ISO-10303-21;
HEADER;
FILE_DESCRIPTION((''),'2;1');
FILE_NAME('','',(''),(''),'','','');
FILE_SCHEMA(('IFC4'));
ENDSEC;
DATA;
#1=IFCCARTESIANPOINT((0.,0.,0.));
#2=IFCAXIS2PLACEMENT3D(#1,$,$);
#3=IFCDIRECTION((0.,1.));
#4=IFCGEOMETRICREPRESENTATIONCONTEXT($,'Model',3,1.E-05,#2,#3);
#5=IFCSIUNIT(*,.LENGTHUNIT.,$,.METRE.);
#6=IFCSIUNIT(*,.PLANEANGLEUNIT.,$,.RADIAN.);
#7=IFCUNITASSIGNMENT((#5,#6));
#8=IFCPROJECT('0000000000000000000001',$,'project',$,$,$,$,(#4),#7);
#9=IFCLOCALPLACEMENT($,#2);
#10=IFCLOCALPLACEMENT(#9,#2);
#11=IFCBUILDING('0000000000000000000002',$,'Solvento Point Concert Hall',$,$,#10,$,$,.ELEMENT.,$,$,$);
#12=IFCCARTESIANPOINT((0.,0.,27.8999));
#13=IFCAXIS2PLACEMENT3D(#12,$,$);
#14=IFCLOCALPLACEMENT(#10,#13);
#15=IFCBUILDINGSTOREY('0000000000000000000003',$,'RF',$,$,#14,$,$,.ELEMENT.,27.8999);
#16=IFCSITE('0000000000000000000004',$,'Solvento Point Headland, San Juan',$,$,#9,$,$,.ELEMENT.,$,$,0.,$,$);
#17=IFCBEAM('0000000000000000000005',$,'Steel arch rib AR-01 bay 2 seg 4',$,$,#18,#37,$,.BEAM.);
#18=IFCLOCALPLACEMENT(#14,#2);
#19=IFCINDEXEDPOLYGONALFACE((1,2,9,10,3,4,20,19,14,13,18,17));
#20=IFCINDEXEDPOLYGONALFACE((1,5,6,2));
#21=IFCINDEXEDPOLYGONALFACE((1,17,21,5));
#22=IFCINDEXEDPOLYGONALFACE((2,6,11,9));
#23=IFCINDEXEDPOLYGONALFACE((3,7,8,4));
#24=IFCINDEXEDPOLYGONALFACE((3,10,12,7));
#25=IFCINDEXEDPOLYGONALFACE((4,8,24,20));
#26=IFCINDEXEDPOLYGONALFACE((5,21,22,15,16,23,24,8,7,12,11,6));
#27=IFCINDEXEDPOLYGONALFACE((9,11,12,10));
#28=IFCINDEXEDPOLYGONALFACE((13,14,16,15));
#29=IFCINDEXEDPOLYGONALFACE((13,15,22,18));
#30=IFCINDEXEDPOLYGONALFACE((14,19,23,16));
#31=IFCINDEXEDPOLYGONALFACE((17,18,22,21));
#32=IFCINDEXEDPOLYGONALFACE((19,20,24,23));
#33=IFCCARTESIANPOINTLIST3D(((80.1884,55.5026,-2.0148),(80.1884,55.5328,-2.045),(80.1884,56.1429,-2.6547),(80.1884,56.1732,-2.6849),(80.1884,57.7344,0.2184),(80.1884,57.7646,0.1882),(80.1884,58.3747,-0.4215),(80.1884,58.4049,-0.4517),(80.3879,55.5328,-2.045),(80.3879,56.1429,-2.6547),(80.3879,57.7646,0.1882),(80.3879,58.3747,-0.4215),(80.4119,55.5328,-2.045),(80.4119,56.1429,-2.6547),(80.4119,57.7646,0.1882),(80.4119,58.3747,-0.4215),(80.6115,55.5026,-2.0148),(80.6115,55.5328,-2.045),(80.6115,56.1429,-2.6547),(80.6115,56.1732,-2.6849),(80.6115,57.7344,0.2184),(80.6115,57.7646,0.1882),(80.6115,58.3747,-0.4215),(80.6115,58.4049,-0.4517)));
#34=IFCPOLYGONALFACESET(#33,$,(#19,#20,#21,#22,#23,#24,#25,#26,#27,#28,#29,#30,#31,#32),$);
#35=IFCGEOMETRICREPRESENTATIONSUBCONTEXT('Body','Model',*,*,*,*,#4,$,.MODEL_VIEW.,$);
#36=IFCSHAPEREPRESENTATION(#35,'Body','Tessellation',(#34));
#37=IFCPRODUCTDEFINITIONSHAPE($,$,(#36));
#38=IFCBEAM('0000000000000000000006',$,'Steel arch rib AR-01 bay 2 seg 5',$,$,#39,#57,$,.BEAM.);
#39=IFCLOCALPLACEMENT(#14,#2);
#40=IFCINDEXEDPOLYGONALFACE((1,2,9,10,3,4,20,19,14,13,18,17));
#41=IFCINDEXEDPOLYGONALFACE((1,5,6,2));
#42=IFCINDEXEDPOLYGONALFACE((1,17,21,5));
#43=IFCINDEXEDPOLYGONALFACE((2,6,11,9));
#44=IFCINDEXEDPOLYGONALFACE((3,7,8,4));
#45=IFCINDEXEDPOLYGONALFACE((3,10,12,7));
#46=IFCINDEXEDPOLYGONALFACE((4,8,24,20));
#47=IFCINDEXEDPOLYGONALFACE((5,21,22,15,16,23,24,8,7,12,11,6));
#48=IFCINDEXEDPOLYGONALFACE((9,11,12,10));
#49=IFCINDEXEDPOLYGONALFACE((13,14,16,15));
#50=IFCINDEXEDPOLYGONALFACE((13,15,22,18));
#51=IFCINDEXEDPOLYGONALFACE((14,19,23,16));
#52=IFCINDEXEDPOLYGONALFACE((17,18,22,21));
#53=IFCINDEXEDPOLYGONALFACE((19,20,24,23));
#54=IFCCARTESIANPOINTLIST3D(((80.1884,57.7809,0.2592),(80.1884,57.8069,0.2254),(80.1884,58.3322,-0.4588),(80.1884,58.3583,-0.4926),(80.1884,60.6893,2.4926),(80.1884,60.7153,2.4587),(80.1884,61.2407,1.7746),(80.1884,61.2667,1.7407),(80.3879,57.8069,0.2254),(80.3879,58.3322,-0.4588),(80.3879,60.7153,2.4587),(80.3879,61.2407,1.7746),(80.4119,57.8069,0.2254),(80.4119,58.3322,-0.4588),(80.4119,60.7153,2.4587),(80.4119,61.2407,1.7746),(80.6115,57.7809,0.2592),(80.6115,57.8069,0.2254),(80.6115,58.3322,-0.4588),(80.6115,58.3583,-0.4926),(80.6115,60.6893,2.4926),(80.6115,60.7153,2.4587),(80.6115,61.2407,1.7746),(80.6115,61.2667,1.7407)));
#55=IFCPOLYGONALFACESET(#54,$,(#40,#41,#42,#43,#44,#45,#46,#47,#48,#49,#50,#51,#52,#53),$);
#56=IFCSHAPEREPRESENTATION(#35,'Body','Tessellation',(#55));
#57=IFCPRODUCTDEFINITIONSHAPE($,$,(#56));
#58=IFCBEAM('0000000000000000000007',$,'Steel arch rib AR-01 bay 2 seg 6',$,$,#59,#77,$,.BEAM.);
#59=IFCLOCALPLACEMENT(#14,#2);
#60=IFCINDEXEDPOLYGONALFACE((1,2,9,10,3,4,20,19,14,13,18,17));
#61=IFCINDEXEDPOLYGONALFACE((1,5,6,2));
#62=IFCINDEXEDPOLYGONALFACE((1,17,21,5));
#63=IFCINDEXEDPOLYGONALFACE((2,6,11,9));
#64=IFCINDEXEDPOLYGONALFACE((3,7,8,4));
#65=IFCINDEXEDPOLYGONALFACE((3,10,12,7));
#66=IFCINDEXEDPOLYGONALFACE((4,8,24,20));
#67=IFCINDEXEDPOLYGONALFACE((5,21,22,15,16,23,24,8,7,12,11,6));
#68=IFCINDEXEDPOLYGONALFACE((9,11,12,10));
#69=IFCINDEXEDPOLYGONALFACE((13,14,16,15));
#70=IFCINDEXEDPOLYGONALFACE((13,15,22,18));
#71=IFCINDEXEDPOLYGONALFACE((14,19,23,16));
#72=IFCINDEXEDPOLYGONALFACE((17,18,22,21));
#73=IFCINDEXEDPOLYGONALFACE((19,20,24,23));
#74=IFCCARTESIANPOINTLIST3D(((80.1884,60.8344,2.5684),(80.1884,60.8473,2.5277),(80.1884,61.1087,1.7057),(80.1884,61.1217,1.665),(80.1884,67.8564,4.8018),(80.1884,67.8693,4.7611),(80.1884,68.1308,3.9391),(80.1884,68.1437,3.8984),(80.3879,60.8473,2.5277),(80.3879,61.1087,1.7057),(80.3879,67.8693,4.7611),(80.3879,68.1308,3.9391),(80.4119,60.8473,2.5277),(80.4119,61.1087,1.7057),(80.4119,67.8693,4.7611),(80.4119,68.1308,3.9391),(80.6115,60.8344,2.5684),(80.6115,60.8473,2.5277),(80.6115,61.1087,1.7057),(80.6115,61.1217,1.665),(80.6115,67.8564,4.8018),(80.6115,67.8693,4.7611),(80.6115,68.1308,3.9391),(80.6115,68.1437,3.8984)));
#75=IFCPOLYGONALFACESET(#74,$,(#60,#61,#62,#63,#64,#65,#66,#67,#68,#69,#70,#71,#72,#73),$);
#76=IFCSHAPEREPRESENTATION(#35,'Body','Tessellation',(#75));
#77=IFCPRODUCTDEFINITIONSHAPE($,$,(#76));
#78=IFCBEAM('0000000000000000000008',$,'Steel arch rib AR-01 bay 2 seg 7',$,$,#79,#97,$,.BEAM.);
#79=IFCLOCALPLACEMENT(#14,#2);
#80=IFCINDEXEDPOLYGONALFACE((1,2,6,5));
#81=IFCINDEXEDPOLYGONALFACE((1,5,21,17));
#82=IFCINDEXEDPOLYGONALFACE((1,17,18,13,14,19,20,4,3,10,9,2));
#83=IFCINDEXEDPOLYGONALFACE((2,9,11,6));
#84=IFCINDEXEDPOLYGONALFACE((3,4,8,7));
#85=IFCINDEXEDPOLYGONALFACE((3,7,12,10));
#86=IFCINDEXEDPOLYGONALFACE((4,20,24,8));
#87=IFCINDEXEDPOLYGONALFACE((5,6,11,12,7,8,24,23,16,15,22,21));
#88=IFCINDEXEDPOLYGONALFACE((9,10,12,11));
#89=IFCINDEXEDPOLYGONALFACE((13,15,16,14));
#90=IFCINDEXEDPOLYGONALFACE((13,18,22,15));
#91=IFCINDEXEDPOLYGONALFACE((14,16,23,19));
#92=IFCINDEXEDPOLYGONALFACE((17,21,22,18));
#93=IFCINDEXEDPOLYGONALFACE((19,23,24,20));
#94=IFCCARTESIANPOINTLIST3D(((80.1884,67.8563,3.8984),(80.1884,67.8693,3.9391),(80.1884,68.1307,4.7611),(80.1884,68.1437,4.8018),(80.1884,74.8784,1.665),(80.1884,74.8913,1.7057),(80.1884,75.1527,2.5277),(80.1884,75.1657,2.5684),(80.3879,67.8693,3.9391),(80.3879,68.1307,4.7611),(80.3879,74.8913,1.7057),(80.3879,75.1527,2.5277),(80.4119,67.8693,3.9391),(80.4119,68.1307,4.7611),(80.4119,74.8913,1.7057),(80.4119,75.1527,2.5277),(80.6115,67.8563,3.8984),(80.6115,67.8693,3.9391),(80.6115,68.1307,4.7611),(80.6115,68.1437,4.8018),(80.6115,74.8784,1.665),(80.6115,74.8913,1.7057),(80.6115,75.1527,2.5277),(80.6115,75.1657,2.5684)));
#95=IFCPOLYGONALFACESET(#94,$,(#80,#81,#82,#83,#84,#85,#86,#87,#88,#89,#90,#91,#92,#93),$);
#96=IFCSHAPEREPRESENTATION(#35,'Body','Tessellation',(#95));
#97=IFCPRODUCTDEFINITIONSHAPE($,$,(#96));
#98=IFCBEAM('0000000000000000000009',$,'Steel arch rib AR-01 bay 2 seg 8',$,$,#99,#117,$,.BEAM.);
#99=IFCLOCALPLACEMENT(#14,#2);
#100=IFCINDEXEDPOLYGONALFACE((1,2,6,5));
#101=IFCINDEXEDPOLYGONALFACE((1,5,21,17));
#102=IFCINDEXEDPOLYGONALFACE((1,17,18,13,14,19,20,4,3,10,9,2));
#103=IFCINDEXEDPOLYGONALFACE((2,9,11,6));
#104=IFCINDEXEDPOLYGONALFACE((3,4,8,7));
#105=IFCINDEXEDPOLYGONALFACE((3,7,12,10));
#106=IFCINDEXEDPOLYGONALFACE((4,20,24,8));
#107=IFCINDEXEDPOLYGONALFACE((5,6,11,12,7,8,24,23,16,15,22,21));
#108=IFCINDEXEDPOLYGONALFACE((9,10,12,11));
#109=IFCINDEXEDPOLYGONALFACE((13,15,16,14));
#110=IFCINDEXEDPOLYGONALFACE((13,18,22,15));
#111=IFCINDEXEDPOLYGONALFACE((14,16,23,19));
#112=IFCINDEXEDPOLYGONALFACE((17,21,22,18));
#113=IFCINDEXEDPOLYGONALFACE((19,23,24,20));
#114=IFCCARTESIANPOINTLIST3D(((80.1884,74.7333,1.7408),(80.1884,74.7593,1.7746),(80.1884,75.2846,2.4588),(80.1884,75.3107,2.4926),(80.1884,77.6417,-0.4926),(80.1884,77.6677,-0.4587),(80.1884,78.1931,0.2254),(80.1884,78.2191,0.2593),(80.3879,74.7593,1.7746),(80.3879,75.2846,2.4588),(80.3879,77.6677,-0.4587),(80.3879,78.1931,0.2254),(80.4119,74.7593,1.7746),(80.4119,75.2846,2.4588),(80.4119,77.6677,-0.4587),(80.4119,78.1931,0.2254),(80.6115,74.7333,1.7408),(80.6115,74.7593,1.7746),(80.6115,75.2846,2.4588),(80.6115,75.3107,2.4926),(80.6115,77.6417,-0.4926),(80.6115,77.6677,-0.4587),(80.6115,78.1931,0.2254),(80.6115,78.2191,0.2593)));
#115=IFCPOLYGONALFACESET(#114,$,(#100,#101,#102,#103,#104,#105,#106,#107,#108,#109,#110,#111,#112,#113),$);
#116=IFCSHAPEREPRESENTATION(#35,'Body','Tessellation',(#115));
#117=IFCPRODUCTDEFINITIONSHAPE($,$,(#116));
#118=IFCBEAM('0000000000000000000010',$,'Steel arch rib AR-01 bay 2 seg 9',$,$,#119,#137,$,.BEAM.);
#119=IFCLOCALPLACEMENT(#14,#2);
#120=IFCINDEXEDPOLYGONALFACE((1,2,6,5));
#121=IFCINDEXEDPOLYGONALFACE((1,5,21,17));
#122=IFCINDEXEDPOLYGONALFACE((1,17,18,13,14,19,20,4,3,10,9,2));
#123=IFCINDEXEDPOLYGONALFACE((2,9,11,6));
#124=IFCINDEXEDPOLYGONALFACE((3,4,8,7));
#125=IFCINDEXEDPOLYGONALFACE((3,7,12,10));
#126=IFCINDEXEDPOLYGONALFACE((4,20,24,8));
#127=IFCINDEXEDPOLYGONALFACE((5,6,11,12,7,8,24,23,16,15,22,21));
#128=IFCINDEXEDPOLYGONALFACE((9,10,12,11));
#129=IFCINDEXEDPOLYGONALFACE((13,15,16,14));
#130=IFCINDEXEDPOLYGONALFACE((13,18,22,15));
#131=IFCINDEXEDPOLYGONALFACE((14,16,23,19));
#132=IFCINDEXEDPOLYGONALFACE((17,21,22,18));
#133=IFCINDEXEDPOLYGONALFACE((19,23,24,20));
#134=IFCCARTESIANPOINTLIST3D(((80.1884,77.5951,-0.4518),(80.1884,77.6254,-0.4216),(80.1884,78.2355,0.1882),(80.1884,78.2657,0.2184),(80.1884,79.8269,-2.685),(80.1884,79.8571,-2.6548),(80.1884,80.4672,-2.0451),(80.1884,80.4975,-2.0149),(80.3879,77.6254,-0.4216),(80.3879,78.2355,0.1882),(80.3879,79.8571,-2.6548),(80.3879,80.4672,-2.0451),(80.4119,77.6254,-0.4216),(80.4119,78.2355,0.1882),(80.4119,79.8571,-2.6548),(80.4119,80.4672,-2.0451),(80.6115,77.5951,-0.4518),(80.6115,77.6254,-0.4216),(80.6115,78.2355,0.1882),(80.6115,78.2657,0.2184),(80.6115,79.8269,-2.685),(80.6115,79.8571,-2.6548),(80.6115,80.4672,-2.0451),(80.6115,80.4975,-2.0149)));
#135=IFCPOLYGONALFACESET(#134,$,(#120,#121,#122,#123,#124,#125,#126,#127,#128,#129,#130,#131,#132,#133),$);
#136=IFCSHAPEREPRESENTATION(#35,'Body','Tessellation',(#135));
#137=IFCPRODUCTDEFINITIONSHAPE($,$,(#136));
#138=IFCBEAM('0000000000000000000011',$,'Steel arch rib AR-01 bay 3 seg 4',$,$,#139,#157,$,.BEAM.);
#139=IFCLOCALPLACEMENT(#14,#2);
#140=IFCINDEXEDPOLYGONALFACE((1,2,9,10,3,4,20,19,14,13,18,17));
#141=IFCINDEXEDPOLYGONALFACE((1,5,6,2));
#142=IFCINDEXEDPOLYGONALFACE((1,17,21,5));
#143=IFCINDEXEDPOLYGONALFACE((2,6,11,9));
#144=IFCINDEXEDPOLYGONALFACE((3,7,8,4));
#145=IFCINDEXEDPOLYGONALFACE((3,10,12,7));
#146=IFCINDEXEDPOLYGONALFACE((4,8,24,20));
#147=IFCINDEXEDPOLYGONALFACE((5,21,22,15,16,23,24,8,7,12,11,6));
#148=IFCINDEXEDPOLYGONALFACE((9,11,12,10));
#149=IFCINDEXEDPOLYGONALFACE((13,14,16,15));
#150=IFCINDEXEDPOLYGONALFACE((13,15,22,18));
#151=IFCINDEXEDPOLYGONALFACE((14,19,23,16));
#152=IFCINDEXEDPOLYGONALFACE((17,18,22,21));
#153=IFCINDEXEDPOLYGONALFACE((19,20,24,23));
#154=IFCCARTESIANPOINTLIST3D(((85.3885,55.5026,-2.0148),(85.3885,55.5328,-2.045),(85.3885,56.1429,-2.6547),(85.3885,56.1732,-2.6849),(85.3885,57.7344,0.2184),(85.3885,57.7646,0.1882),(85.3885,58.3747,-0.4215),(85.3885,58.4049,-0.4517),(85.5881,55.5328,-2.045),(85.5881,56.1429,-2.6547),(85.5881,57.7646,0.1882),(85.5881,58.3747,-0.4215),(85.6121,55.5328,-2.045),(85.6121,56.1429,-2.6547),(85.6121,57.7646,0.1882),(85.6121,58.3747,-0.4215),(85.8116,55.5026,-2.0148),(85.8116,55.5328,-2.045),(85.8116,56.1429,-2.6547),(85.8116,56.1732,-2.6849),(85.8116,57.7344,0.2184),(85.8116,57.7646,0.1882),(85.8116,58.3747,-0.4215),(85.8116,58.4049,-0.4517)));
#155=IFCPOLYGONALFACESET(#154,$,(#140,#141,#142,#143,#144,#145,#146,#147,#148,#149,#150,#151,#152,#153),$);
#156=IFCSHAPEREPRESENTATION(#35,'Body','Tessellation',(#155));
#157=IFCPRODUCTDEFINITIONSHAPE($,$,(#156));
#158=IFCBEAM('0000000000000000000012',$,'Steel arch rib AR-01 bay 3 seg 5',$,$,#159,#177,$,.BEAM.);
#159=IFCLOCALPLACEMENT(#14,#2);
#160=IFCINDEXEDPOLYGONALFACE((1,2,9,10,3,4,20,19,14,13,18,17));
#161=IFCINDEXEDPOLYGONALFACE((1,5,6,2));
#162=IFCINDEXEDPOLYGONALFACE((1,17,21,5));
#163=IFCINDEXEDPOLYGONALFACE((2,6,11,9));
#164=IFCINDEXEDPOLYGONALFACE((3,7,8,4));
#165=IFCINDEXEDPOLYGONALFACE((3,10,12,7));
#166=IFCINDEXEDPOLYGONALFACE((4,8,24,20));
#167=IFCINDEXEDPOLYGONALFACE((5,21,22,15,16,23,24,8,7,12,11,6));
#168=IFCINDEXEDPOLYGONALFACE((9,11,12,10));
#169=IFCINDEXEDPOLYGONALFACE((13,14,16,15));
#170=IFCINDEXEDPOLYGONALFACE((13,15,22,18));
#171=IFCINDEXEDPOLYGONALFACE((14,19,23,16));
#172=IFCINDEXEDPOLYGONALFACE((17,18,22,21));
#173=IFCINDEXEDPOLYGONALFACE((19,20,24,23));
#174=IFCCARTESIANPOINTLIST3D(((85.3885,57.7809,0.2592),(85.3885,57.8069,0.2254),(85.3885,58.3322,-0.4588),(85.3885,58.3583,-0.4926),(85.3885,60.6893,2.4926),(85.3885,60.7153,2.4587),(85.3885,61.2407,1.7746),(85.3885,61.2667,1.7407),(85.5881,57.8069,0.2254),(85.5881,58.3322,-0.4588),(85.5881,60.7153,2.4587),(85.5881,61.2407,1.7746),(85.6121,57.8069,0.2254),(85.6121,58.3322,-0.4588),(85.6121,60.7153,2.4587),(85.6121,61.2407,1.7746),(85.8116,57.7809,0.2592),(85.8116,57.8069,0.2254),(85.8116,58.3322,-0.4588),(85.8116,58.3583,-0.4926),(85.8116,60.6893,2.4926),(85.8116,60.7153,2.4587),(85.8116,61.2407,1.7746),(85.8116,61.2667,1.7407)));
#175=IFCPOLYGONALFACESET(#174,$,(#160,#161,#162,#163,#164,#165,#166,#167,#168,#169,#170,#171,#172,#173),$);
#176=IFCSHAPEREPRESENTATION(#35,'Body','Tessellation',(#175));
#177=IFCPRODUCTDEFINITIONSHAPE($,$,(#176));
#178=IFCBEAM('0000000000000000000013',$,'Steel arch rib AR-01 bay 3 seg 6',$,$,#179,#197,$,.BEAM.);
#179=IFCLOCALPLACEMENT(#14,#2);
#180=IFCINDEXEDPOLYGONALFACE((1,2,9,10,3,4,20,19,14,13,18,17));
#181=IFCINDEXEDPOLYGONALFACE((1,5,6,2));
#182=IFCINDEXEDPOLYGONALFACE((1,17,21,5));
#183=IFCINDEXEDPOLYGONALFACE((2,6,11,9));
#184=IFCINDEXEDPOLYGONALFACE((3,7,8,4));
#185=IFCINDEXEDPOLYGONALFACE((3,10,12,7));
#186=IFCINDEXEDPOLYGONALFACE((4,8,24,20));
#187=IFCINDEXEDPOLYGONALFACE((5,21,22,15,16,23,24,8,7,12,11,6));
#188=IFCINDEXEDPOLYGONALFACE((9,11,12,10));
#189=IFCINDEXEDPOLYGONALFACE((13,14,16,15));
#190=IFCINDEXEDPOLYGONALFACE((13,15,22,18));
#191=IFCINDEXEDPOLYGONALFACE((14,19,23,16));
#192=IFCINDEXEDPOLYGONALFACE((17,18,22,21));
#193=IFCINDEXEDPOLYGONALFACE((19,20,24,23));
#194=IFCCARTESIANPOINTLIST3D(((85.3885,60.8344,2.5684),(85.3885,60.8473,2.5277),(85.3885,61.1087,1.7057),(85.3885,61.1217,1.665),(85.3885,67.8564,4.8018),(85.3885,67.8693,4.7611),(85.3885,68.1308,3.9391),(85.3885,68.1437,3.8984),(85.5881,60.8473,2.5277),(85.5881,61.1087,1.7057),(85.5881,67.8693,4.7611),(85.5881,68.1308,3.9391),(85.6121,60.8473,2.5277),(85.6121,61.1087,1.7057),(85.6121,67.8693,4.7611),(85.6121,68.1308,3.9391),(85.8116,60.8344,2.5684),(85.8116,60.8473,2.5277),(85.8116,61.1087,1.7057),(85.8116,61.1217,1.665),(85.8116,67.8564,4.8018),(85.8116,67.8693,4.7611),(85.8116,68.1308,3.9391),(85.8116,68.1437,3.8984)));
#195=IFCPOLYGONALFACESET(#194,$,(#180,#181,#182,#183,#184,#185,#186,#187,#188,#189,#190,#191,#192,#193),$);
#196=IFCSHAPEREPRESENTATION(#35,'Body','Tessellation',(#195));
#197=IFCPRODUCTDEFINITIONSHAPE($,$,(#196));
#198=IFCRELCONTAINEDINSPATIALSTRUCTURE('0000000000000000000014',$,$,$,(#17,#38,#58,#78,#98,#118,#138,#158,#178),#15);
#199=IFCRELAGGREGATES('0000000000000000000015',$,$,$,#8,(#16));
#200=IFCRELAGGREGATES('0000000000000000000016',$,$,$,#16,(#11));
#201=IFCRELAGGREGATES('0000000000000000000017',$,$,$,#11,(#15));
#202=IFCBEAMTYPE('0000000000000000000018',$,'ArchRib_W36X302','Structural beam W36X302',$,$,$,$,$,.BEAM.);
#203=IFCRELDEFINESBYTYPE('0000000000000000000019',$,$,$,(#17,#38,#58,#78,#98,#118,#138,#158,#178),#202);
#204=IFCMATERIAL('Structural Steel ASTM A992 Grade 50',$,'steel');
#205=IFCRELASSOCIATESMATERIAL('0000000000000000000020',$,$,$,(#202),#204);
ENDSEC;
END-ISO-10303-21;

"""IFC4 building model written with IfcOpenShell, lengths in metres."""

from ifc_helpers import new_model, si_unit, direction, frame, origin, origin_2d, place, context, subcontext, project, spatial, i_section, extrude, material, material_profile, profile_set, type_object, element, save


model = new_model("IFC4")

# Units and contexts
model_context = context("Model", 3, precision=1e-05, world=origin(), true_north=direction((0.0, 1.0)))
body_context = subcontext(model_context, "Body", "Model", "MODEL_VIEW")
ifc_project = project(units=[si_unit("LENGTHUNIT", "METRE"), si_unit("PLANEANGLEUNIT", "RADIAN")], contexts=[model_context])

# Site, building, storey
site_placement = place(None, origin())
site = spatial("IfcSite", under=ifc_project, at=site_placement, Name="Solvento Point Headland, San Juan", CompositionType="ELEMENT", RefElevation=0.0)
building_placement = place(site_placement, origin())
building = spatial("IfcBuilding", under=site, at=building_placement, Name="Solvento Point Concert Hall", CompositionType="ELEMENT")
storey_placement = place(building_placement, frame((0.0, 0.0, 27.8999)))
storey = spatial("IfcBuildingStorey", under=building, at=storey_placement, Name="RF", CompositionType="ELEMENT", Elevation=27.8999)

# Beams
ifc_material_1 = material(Name="Structural Steel ASTM A992 Grade 50", Category="steel")
ifc_material_profile_1 = material_profile(ifc_material_1, i_section(OverallWidth=0.4231, OverallDepth=0.948, WebThickness=0.0239, FlangeThickness=0.0427, at=origin_2d()), Name="W36X302")
ifc_profile_set_1 = profile_set([ifc_material_profile_1], Name="Structural Steel ASTM A992 Grade 50")
beam_type = type_object("IfcBeamType", Name="ArchRib_W36X302", Description="Structural beam W36X302", PredefinedType="BEAM", material=ifc_profile_set_1)
beam_1_placement = place(storey_placement, frame((80.3999, 55.8379, -2.3499), z_axis=(0.0, 0.706875, 0.707339), x_axis=(-1.0, 0.0, 0.0)))
element("IfcBeam", 1, at=beam_1_placement, inside=storey, type_object=beam_type, Name="Steel arch rib AR-01 bay 2 seg 4", PredefinedType="BEAM", context=body_context, shape_type="SweptSolid", body=[
    extrude(i_section(OverallWidth=0.4231, OverallDepth=0.948, WebThickness=0.0239, FlangeThickness=0.0427, at=origin_2d()), origin(), (0.0, 0.0, 1.0), 3.1572),
])
beam_2_placement = place(storey_placement, frame((80.3999, 58.0696, -0.1167), z_axis=(0.0, 0.793134, 0.609048), x_axis=(-1.0, 0.0, 0.0)))
element("IfcBeam", 2, at=beam_2_placement, inside=storey, type_object=beam_type, Name="Steel arch rib AR-01 bay 2 seg 5", PredefinedType="BEAM", context=body_context, shape_type="SweptSolid", body=[
    extrude(i_section(OverallWidth=0.4231, OverallDepth=0.948, WebThickness=0.0239, FlangeThickness=0.0427, at=origin_2d()), origin(), (0.0, 0.0, 1.0), 3.667),
])
for number, where, z_axis, x_axis, name in (
    (3, (80.3999, 60.978, 2.1167), (0.0, 0.95296, 0.303097), (-1.0, 0.0, 0.0), "Steel arch rib AR-01 bay 2 seg 6"),
    (4, (80.3999, 68.0, 4.3501), (0.0, 0.95296, -0.303097), (-1.0, 0.0, 0.0), "Steel arch rib AR-01 bay 2 seg 7"),
):
    element("IfcBeam", number, at=place(storey_placement, frame(where, z_axis=z_axis, x_axis=x_axis)), inside=storey, type_object=beam_type, Name=name, PredefinedType="BEAM", context=body_context, shape_type="SweptSolid", body=[
        extrude(i_section(OverallWidth=0.4231, OverallDepth=0.948, WebThickness=0.0239, FlangeThickness=0.0427, at=origin_2d()), origin(), (0.0, 0.0, 1.0), 7.3687),
    ])
beam_3_placement = place(storey_placement, frame((80.3999, 75.022, 2.1167), z_axis=(0.0, 0.793134, -0.609048), x_axis=(-1.0, 0.0, 0.0)))
element("IfcBeam", 5, at=beam_3_placement, inside=storey, type_object=beam_type, Name="Steel arch rib AR-01 bay 2 seg 8", PredefinedType="BEAM", context=body_context, shape_type="SweptSolid", body=[
    extrude(i_section(OverallWidth=0.4231, OverallDepth=0.948, WebThickness=0.0239, FlangeThickness=0.0427, at=origin_2d()), origin(), (0.0, 0.0, 1.0), 3.667),
])
for number, where, z_axis, x_axis, name in (
    (6, (80.3999, 77.9304, -0.1167), (0.0, 0.706875, -0.707339), (-1.0, 0.0, 0.0), "Steel arch rib AR-01 bay 2 seg 9"),
    (7, (85.6001, 55.8379, -2.3499), (0.0, 0.706875, 0.707339), (-1.0, 0.0, 0.0), "Steel arch rib AR-01 bay 3 seg 4"),
):
    element("IfcBeam", number, at=place(storey_placement, frame(where, z_axis=z_axis, x_axis=x_axis)), inside=storey, type_object=beam_type, Name=name, PredefinedType="BEAM", context=body_context, shape_type="SweptSolid", body=[
        extrude(i_section(OverallWidth=0.4231, OverallDepth=0.948, WebThickness=0.0239, FlangeThickness=0.0427, at=origin_2d()), origin(), (0.0, 0.0, 1.0), 3.1572),
    ])
beam_4_placement = place(storey_placement, frame((85.6001, 58.0696, -0.1167), z_axis=(0.0, 0.793134, 0.609048), x_axis=(-1.0, 0.0, 0.0)))
element("IfcBeam", 8, at=beam_4_placement, inside=storey, type_object=beam_type, Name="Steel arch rib AR-01 bay 3 seg 5", PredefinedType="BEAM", context=body_context, shape_type="SweptSolid", body=[
    extrude(i_section(OverallWidth=0.4231, OverallDepth=0.948, WebThickness=0.0239, FlangeThickness=0.0427, at=origin_2d()), origin(), (0.0, 0.0, 1.0), 3.667),
])
for number, where, z_axis, x_axis, name in (
    (9, (85.6001, 60.978, 2.1167), (0.0, 0.95296, 0.303097), (-1.0, 0.0, 0.0), "Steel arch rib AR-01 bay 3 seg 6"),
):
    element("IfcBeam", number, at=place(storey_placement, frame(where, z_axis=z_axis, x_axis=x_axis)), inside=storey, type_object=beam_type, Name=name, PredefinedType="BEAM", context=body_context, shape_type="SweptSolid", body=[
        extrude(i_section(OverallWidth=0.4231, OverallDepth=0.948, WebThickness=0.0239, FlangeThickness=0.0427, at=origin_2d()), origin(), (0.0, 0.0, 1.0), 7.3687),
    ])

save(model, "model.ifc")
